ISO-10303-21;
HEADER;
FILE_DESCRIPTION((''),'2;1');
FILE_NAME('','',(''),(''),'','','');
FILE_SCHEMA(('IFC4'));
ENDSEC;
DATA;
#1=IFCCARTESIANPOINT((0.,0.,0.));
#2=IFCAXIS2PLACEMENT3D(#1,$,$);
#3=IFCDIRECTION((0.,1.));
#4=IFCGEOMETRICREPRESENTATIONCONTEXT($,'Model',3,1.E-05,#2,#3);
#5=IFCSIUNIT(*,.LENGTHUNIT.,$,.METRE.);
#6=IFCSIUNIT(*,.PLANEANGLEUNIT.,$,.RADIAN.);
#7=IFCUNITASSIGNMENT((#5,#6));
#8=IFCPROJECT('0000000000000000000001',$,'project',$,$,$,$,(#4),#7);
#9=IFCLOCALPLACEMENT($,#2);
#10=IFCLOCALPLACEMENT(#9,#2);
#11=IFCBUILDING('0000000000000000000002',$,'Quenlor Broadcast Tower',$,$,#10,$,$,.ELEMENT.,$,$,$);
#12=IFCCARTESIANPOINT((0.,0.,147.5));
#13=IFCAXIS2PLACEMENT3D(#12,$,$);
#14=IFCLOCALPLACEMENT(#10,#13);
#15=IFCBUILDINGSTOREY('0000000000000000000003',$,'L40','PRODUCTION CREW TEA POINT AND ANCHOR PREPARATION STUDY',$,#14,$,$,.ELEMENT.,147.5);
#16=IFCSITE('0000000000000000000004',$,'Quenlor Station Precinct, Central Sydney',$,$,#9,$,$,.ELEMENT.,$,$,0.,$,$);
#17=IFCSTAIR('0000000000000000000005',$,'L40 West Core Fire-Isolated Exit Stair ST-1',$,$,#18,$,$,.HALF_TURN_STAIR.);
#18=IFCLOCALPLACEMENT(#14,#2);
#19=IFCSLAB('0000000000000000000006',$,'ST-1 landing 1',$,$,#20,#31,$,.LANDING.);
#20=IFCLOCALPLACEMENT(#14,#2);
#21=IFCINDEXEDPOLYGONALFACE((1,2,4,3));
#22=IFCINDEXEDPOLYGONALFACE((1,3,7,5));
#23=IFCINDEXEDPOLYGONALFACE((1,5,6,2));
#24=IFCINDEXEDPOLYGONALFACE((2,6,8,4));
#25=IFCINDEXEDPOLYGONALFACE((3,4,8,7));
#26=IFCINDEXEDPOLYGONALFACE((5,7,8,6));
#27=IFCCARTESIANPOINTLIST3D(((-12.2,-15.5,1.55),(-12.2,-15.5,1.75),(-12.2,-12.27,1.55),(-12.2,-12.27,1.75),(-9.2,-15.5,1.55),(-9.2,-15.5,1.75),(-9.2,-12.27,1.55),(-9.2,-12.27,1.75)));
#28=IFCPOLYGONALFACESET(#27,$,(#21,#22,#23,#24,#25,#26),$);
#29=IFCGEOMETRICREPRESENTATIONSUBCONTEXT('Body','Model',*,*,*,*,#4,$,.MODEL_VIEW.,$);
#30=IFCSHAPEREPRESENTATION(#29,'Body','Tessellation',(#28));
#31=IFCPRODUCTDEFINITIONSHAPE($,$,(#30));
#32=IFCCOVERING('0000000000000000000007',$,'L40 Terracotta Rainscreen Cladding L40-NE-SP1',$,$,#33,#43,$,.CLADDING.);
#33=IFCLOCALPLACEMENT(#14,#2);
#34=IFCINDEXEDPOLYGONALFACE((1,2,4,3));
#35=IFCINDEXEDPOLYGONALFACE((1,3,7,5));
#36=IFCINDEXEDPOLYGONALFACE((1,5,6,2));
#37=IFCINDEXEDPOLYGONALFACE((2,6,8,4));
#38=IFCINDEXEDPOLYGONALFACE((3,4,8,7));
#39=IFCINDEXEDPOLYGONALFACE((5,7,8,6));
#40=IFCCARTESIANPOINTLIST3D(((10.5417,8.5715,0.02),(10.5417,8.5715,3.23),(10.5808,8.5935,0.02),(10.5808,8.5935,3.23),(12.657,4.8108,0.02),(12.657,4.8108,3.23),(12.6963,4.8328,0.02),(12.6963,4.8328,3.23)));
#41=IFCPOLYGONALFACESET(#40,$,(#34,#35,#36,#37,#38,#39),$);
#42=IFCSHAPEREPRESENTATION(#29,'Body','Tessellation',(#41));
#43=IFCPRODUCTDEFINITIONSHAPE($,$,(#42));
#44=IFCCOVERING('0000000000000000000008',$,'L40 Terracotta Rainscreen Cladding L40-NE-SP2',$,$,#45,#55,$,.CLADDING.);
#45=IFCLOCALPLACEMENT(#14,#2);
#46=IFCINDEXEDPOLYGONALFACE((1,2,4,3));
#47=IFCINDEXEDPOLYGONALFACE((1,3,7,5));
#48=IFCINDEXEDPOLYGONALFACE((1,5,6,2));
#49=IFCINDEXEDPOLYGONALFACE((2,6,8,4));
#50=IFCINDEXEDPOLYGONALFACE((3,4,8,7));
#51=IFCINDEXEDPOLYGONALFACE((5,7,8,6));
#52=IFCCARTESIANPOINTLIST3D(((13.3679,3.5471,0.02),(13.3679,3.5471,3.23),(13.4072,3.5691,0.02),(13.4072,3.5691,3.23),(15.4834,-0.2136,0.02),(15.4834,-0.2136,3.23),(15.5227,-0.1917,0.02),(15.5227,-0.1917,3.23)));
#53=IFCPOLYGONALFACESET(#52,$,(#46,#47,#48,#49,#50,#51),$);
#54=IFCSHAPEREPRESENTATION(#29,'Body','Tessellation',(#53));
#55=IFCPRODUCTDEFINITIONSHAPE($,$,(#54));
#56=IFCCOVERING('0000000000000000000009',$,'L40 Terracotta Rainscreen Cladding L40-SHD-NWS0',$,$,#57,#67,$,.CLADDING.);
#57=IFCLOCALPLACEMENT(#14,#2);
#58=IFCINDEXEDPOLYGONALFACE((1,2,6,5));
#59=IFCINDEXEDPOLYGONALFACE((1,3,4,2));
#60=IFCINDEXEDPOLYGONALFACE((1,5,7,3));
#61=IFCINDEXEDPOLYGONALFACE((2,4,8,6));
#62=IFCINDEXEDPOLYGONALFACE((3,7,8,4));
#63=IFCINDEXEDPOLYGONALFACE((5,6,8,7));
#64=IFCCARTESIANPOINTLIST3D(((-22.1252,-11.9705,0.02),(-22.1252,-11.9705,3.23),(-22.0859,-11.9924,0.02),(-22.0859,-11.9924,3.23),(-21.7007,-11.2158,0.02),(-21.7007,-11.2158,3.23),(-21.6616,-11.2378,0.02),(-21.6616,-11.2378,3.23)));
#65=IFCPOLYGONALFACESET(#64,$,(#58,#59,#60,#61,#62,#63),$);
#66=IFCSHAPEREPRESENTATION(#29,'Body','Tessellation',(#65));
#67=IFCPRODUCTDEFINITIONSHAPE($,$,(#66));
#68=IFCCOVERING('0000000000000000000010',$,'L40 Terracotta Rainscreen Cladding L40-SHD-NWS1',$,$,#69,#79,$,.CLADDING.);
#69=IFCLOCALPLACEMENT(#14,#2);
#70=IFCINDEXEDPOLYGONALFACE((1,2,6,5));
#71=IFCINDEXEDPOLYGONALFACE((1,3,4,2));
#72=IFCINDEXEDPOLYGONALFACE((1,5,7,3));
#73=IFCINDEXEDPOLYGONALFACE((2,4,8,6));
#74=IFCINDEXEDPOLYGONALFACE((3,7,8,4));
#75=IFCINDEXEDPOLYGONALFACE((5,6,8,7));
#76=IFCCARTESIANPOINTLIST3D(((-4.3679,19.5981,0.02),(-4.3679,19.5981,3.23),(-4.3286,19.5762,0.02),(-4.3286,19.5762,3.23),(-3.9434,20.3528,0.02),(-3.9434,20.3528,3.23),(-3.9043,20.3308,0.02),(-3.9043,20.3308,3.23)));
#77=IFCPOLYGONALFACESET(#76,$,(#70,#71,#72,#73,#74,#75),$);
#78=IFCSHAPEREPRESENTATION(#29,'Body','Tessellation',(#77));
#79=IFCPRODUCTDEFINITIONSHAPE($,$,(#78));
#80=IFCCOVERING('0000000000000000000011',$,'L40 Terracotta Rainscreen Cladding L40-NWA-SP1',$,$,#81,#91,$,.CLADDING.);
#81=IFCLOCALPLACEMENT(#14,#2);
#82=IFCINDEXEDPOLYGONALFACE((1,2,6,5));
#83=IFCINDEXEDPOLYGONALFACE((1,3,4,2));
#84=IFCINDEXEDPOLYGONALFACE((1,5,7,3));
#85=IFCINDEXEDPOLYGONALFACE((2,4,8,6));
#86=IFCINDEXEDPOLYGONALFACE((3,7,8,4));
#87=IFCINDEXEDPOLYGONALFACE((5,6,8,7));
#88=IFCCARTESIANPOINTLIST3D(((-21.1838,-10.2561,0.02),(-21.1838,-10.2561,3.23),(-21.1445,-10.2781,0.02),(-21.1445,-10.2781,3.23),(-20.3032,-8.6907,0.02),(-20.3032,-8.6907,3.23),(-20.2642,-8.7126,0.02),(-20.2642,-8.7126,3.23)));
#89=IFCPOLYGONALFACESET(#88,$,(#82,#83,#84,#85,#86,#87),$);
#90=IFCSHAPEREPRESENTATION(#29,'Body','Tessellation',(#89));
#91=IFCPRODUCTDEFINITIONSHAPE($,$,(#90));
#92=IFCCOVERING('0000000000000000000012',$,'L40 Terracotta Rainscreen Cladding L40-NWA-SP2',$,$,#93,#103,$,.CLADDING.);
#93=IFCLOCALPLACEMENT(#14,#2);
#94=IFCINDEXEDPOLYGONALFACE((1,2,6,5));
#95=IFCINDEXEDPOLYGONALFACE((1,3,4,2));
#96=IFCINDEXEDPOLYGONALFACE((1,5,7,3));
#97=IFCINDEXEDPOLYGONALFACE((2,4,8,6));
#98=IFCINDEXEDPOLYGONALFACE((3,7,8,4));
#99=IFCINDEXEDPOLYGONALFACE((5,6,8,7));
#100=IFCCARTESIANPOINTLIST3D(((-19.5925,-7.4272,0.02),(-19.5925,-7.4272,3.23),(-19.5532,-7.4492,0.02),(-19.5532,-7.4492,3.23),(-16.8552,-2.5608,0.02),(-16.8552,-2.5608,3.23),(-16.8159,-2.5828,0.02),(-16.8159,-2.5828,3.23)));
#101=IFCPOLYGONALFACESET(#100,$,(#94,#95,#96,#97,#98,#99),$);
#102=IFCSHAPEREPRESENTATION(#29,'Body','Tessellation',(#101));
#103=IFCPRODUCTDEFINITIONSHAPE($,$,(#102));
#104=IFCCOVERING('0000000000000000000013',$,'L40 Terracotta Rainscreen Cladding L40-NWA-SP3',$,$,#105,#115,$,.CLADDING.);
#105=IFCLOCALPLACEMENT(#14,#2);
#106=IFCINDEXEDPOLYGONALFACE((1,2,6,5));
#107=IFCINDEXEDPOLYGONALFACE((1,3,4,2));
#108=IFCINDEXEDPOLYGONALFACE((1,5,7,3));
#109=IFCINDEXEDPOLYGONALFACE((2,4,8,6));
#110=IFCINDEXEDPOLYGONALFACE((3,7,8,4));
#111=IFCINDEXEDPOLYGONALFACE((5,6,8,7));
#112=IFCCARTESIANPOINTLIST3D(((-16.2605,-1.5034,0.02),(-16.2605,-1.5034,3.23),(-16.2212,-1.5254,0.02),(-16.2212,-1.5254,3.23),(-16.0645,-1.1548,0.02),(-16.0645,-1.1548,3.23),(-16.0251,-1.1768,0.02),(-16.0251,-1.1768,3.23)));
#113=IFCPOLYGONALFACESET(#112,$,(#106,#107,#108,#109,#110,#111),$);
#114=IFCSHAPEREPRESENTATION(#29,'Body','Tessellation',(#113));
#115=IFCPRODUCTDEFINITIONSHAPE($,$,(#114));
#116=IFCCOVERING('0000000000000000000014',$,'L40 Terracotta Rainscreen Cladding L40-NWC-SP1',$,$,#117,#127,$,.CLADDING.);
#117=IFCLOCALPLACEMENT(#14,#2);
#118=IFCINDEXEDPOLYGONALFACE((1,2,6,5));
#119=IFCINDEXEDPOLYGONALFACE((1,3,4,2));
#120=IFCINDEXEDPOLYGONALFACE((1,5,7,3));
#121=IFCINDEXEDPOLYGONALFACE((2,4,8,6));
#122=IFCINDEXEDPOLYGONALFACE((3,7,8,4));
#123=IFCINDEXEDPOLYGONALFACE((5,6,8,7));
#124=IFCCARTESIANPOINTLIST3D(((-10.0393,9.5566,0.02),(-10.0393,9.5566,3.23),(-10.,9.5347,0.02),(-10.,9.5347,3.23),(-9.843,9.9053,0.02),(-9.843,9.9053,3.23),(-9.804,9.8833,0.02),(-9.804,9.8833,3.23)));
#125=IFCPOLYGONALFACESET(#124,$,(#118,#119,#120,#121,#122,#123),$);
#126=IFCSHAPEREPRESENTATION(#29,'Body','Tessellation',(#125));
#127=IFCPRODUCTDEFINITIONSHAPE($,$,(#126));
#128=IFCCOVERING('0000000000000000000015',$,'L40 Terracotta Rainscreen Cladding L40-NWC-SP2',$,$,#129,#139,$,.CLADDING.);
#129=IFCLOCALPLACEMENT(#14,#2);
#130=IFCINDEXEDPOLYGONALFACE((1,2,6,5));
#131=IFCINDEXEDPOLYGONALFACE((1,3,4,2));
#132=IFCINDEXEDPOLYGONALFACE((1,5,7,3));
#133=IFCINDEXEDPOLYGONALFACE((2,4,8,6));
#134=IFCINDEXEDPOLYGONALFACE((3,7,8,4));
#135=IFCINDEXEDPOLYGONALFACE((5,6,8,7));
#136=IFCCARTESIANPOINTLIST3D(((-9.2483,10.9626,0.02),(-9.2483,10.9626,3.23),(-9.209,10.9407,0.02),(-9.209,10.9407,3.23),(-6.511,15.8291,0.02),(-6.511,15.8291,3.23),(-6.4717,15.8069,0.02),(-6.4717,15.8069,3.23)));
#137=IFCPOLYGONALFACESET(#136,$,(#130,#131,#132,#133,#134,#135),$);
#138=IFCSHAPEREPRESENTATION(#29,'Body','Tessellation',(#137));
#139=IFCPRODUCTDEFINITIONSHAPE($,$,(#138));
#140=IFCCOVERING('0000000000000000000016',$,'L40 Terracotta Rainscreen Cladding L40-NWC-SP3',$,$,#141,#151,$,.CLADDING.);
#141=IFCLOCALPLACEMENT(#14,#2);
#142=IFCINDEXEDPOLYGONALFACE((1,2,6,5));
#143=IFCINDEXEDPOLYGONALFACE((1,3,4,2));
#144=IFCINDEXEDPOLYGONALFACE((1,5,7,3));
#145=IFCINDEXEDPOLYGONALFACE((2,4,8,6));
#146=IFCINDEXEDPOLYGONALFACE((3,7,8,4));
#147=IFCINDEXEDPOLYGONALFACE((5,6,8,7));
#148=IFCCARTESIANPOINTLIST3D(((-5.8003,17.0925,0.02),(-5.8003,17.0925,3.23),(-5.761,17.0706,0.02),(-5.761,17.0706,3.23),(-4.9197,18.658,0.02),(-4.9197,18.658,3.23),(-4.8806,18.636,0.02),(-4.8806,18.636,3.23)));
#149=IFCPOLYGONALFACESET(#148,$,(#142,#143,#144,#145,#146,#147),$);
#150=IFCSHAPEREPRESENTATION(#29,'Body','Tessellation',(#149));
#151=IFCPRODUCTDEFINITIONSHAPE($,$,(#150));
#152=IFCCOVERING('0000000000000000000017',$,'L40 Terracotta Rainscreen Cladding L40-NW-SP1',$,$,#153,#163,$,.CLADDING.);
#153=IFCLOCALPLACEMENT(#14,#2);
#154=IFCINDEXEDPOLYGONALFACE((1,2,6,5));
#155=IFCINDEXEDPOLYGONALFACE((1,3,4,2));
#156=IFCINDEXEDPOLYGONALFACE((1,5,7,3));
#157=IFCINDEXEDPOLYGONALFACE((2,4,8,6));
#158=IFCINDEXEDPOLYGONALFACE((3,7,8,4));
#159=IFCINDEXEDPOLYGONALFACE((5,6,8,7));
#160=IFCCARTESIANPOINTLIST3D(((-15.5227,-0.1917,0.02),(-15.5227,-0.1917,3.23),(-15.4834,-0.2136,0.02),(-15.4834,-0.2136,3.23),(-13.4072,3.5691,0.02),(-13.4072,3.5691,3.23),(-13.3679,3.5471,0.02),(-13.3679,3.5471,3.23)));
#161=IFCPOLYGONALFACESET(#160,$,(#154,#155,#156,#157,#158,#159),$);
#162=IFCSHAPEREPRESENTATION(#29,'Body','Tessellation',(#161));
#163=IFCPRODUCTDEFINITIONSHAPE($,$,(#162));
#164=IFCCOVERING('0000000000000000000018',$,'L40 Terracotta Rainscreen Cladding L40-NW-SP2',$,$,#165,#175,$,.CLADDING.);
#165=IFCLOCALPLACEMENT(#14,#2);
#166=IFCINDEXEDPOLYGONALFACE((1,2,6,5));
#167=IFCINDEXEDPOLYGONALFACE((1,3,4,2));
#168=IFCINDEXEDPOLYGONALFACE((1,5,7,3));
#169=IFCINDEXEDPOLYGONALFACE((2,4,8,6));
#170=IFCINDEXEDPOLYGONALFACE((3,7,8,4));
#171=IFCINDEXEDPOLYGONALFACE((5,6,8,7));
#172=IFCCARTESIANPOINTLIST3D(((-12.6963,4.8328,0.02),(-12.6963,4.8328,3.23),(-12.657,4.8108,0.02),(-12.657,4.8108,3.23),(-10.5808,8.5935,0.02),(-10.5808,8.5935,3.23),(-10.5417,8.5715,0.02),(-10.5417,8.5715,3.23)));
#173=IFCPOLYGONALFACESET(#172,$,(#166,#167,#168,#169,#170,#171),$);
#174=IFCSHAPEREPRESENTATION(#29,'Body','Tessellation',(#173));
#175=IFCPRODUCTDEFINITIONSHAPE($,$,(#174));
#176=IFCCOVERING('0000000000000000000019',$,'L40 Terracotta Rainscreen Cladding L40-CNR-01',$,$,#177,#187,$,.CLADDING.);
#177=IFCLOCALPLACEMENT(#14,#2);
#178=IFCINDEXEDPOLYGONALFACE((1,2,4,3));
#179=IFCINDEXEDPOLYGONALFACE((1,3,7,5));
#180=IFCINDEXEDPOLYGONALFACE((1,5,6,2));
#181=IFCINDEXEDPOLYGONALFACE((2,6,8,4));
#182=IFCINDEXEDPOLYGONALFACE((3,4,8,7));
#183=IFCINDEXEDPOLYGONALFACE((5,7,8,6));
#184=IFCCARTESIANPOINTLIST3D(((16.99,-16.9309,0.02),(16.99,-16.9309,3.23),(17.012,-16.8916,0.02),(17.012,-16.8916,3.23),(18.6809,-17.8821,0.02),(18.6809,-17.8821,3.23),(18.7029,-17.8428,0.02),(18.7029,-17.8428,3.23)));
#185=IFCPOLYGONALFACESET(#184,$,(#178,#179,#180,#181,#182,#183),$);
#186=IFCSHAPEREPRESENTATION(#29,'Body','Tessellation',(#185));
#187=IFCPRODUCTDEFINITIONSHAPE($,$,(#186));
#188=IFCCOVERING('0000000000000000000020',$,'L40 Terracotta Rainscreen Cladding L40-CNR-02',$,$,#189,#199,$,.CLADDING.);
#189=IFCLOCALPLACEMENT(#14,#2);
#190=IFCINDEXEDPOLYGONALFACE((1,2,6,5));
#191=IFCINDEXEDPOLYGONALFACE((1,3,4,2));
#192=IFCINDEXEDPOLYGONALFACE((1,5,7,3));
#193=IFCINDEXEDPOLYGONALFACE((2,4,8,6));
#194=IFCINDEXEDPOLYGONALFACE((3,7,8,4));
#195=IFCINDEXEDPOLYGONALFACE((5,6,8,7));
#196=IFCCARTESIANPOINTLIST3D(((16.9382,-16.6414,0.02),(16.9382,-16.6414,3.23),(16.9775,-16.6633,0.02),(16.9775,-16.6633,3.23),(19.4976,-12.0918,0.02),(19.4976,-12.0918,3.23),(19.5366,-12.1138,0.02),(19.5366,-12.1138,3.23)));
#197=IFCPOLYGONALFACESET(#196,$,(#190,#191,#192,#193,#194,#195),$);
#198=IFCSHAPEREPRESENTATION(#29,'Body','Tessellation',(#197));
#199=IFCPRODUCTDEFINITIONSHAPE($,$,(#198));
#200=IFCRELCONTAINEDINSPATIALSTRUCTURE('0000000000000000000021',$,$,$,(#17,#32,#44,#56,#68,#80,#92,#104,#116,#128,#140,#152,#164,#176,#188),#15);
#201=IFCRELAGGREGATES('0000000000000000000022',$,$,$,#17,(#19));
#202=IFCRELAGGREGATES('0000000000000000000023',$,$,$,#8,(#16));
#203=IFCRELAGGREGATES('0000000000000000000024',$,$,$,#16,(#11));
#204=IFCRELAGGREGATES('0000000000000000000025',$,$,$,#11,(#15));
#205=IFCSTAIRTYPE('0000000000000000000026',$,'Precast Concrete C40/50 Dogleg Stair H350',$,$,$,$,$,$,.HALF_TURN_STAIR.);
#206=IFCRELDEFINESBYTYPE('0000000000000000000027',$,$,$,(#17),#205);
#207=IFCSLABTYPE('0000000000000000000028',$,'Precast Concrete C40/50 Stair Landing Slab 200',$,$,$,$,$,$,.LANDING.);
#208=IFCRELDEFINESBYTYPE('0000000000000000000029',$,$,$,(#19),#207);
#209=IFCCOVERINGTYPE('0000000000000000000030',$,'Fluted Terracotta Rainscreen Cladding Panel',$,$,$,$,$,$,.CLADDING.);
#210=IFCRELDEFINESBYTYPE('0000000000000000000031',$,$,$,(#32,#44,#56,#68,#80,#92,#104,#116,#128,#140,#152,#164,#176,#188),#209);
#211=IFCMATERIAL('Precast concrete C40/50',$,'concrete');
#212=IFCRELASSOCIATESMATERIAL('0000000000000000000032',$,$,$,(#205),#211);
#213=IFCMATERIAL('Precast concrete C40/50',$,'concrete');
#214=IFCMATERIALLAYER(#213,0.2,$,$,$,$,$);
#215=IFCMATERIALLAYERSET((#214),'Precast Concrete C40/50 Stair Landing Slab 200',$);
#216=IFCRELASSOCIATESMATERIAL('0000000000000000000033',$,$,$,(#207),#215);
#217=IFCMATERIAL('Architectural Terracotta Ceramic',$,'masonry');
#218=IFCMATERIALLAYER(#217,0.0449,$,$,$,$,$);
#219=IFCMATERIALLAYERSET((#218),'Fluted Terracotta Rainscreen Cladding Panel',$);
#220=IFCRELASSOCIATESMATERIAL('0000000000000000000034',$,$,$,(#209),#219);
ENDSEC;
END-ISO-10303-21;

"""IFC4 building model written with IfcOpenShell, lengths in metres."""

from ifc_helpers import new_model, si_unit, direction, frame, origin, place, context, subcontext, project, spatial, polyline, outline, extrude, material, layer, layer_set, type_object, element, aggregate, save


model = new_model("IFC4")

# Units and contexts
model_context = context("Model", 3, precision=1e-05, world=origin(), true_north=direction((0.0, 1.0)))
body_context = subcontext(model_context, "Body", "Model", "MODEL_VIEW")
ifc_project = project(units=[si_unit("LENGTHUNIT", "METRE"), si_unit("PLANEANGLEUNIT", "RADIAN")], contexts=[model_context])

# Site, building, storey
site_placement = place(None, origin())
site = spatial("IfcSite", under=ifc_project, at=site_placement, Name="Quenlor Station Precinct, Central Sydney", CompositionType="ELEMENT", RefElevation=0.0)
building_placement = place(site_placement, origin())
building = spatial("IfcBuilding", under=site, at=building_placement, Name="Quenlor Broadcast Tower", CompositionType="ELEMENT")
storey_placement = place(building_placement, frame((0.0, 0.0, 147.5)))
storey = spatial("IfcBuildingStorey", under=building, at=storey_placement, Name="L40", Description="PRODUCTION CREW TEA POINT AND ANCHOR PREPARATION STUDY", CompositionType="ELEMENT", Elevation=147.5)

# Stair, slab
ifc_material_1 = material(Name="Precast concrete C40/50", Category="concrete")
stair_type = type_object("IfcStairType", Name="Precast Concrete C40/50 Dogleg Stair H350", PredefinedType="HALF_TURN_STAIR", material=ifc_material_1)
stair_placement = place(storey_placement, origin())
stair = element("IfcStair", 1, at=stair_placement, inside=storey, type_object=stair_type, Name="L40 West Core Fire-Isolated Exit Stair ST-1", PredefinedType="HALF_TURN_STAIR")
ifc_material_2 = material(Name="Precast concrete C40/50", Category="concrete")
ifc_layer_1 = layer(ifc_material_2, 0.2)
ifc_layer_set_1 = layer_set([ifc_layer_1], Name="Precast Concrete C40/50 Stair Landing Slab 200")
slab_type = type_object("IfcSlabType", Name="Precast Concrete C40/50 Stair Landing Slab 200", PredefinedType="LANDING", material=ifc_layer_set_1)
slab_placement = place(storey_placement, frame((0.0, 0.0, 1.55)))
slab = element("IfcSlab", 2, at=slab_placement, type_object=slab_type, Name="ST-1 landing 1", PredefinedType="LANDING", context=body_context, shape_type="SweptSolid", body=[
    extrude(outline(polyline([(-12.2, -12.27), (-12.2, -15.5), (-9.2, -15.5), (-9.2, -12.27), (-12.2, -12.27)])), origin(), (0.0, 0.0, 1.0), 0.2),
])
aggregate(stair, [slab])

# Coverings
ifc_material_3 = material(Name="Architectural Terracotta Ceramic", Category="masonry")
ifc_layer_2 = layer(ifc_material_3, 0.0449)
ifc_layer_set_2 = layer_set([ifc_layer_2], Name="Fluted Terracotta Rainscreen Cladding Panel")
covering_type = type_object("IfcCoveringType", Name="Fluted Terracotta Rainscreen Cladding Panel", PredefinedType="CLADDING", material=ifc_layer_set_2)
covering_1_placement = place(storey_placement, frame((0.0, 0.0, 0.02)))
element("IfcCovering", 3, at=covering_1_placement, inside=storey, type_object=covering_type, Name="L40 Terracotta Rainscreen Cladding L40-NE-SP1", PredefinedType="CLADDING", context=body_context, shape_type="SweptSolid", body=[
    extrude(outline(polyline([(10.5417, 8.5715), (12.657, 4.8108), (12.6963, 4.8328), (10.5808, 8.5935), (10.5417, 8.5715)])), origin(), (0.0, 0.0, 1.0), 3.21),
])
covering_2_placement = place(storey_placement, frame((0.0, 0.0, 0.02)))
element("IfcCovering", 4, at=covering_2_placement, inside=storey, type_object=covering_type, Name="L40 Terracotta Rainscreen Cladding L40-NE-SP2", PredefinedType="CLADDING", context=body_context, shape_type="SweptSolid", body=[
    extrude(outline(polyline([(13.3679, 3.5471), (15.4834, -0.2136), (15.5227, -0.1917), (13.4072, 3.5691), (13.3679, 3.5471)])), origin(), (0.0, 0.0, 1.0), 3.21),
])
covering_3_placement = place(storey_placement, frame((0.0, 0.0, 0.02)))
element("IfcCovering", 5, at=covering_3_placement, inside=storey, type_object=covering_type, Name="L40 Terracotta Rainscreen Cladding L40-SHD-NWS0", PredefinedType="CLADDING", context=body_context, shape_type="SweptSolid", body=[
    extrude(outline(polyline([(-22.0859, -11.9924), (-21.6616, -11.2378), (-21.7007, -11.2158), (-22.1252, -11.9705), (-22.0859, -11.9924)])), origin(), (0.0, 0.0, 1.0), 3.21),
])
covering_4_placement = place(storey_placement, frame((0.0, 0.0, 0.02)))
element("IfcCovering", 6, at=covering_4_placement, inside=storey, type_object=covering_type, Name="L40 Terracotta Rainscreen Cladding L40-SHD-NWS1", PredefinedType="CLADDING", context=body_context, shape_type="SweptSolid", body=[
    extrude(outline(polyline([(-4.3286, 19.5762), (-3.9043, 20.3308), (-3.9434, 20.3528), (-4.3679, 19.5981), (-4.3286, 19.5762)])), origin(), (0.0, 0.0, 1.0), 3.21),
])
covering_5_placement = place(storey_placement, frame((0.0, 0.0, 0.02)))
element("IfcCovering", 7, at=covering_5_placement, inside=storey, type_object=covering_type, Name="L40 Terracotta Rainscreen Cladding L40-NWA-SP1", PredefinedType="CLADDING", context=body_context, shape_type="SweptSolid", body=[
    extrude(outline(polyline([(-21.1445, -10.2781), (-20.2642, -8.7126), (-20.3032, -8.6907), (-21.1838, -10.2561), (-21.1445, -10.2781)])), origin(), (0.0, 0.0, 1.0), 3.21),
])
covering_6_placement = place(storey_placement, frame((0.0, 0.0, 0.02)))
element("IfcCovering", 8, at=covering_6_placement, inside=storey, type_object=covering_type, Name="L40 Terracotta Rainscreen Cladding L40-NWA-SP2", PredefinedType="CLADDING", context=body_context, shape_type="SweptSolid", body=[
    extrude(outline(polyline([(-19.5532, -7.4492), (-16.8159, -2.5828), (-16.8552, -2.5608), (-19.5925, -7.4272), (-19.5532, -7.4492)])), origin(), (0.0, 0.0, 1.0), 3.21),
])
covering_7_placement = place(storey_placement, frame((0.0, 0.0, 0.02)))
element("IfcCovering", 9, at=covering_7_placement, inside=storey, type_object=covering_type, Name="L40 Terracotta Rainscreen Cladding L40-NWA-SP3", PredefinedType="CLADDING", context=body_context, shape_type="SweptSolid", body=[
    extrude(outline(polyline([(-16.2212, -1.5254), (-16.0251, -1.1768), (-16.0645, -1.1548), (-16.2605, -1.5034), (-16.2212, -1.5254)])), origin(), (0.0, 0.0, 1.0), 3.21),
])
covering_8_placement = place(storey_placement, frame((0.0, 0.0, 0.02)))
element("IfcCovering", 10, at=covering_8_placement, inside=storey, type_object=covering_type, Name="L40 Terracotta Rainscreen Cladding L40-NWC-SP1", PredefinedType="CLADDING", context=body_context, shape_type="SweptSolid", body=[
    extrude(outline(polyline([(-10.0, 9.5347), (-9.804, 9.8833), (-9.843, 9.9053), (-10.0393, 9.5566), (-10.0, 9.5347)])), origin(), (0.0, 0.0, 1.0), 3.21),
])
covering_9_placement = place(storey_placement, frame((0.0, 0.0, 0.02)))
element("IfcCovering", 11, at=covering_9_placement, inside=storey, type_object=covering_type, Name="L40 Terracotta Rainscreen Cladding L40-NWC-SP2", PredefinedType="CLADDING", context=body_context, shape_type="SweptSolid", body=[
    extrude(outline(polyline([(-9.209, 10.9407), (-6.4717, 15.8069), (-6.511, 15.8291), (-9.2483, 10.9626), (-9.209, 10.9407)])), origin(), (0.0, 0.0, 1.0), 3.21),
])
covering_10_placement = place(storey_placement, frame((0.0, 0.0, 0.02)))
element("IfcCovering", 12, at=covering_10_placement, inside=storey, type_object=covering_type, Name="L40 Terracotta Rainscreen Cladding L40-NWC-SP3", PredefinedType="CLADDING", context=body_context, shape_type="SweptSolid", body=[
    extrude(outline(polyline([(-5.761, 17.0706), (-4.8806, 18.636), (-4.9197, 18.658), (-5.8003, 17.0925), (-5.761, 17.0706)])), origin(), (0.0, 0.0, 1.0), 3.21),
])
covering_11_placement = place(storey_placement, frame((0.0, 0.0, 0.02)))
element("IfcCovering", 13, at=covering_11_placement, inside=storey, type_object=covering_type, Name="L40 Terracotta Rainscreen Cladding L40-NW-SP1", PredefinedType="CLADDING", context=body_context, shape_type="SweptSolid", body=[
    extrude(outline(polyline([(-15.4834, -0.2136), (-13.3679, 3.5471), (-13.4072, 3.5691), (-15.5227, -0.1917), (-15.4834, -0.2136)])), origin(), (0.0, 0.0, 1.0), 3.21),
])
covering_12_placement = place(storey_placement, frame((0.0, 0.0, 0.02)))
element("IfcCovering", 14, at=covering_12_placement, inside=storey, type_object=covering_type, Name="L40 Terracotta Rainscreen Cladding L40-NW-SP2", PredefinedType="CLADDING", context=body_context, shape_type="SweptSolid", body=[
    extrude(outline(polyline([(-12.657, 4.8108), (-10.5417, 8.5715), (-10.5808, 8.5935), (-12.6963, 4.8328), (-12.657, 4.8108)])), origin(), (0.0, 0.0, 1.0), 3.21),
])
covering_13_placement = place(storey_placement, frame((0.0, 0.0, 0.02)))
element("IfcCovering", 15, at=covering_13_placement, inside=storey, type_object=covering_type, Name="L40 Terracotta Rainscreen Cladding L40-CNR-01", PredefinedType="CLADDING", context=body_context, shape_type="SweptSolid", body=[
    extrude(outline(polyline([(18.7029, -17.8428), (17.012, -16.8916), (16.99, -16.9309), (18.6809, -17.8821), (18.7029, -17.8428)])), origin(), (0.0, 0.0, 1.0), 3.21),
])
covering_14_placement = place(storey_placement, frame((0.0, 0.0, 0.02)))
element("IfcCovering", 16, at=covering_14_placement, inside=storey, type_object=covering_type, Name="L40 Terracotta Rainscreen Cladding L40-CNR-02", PredefinedType="CLADDING", context=body_context, shape_type="SweptSolid", body=[
    extrude(outline(polyline([(16.9775, -16.6633), (19.5366, -12.1138), (19.4976, -12.0918), (16.9382, -16.6414), (16.9775, -16.6633)])), origin(), (0.0, 0.0, 1.0), 3.21),
])

save(model, "model.ifc")
